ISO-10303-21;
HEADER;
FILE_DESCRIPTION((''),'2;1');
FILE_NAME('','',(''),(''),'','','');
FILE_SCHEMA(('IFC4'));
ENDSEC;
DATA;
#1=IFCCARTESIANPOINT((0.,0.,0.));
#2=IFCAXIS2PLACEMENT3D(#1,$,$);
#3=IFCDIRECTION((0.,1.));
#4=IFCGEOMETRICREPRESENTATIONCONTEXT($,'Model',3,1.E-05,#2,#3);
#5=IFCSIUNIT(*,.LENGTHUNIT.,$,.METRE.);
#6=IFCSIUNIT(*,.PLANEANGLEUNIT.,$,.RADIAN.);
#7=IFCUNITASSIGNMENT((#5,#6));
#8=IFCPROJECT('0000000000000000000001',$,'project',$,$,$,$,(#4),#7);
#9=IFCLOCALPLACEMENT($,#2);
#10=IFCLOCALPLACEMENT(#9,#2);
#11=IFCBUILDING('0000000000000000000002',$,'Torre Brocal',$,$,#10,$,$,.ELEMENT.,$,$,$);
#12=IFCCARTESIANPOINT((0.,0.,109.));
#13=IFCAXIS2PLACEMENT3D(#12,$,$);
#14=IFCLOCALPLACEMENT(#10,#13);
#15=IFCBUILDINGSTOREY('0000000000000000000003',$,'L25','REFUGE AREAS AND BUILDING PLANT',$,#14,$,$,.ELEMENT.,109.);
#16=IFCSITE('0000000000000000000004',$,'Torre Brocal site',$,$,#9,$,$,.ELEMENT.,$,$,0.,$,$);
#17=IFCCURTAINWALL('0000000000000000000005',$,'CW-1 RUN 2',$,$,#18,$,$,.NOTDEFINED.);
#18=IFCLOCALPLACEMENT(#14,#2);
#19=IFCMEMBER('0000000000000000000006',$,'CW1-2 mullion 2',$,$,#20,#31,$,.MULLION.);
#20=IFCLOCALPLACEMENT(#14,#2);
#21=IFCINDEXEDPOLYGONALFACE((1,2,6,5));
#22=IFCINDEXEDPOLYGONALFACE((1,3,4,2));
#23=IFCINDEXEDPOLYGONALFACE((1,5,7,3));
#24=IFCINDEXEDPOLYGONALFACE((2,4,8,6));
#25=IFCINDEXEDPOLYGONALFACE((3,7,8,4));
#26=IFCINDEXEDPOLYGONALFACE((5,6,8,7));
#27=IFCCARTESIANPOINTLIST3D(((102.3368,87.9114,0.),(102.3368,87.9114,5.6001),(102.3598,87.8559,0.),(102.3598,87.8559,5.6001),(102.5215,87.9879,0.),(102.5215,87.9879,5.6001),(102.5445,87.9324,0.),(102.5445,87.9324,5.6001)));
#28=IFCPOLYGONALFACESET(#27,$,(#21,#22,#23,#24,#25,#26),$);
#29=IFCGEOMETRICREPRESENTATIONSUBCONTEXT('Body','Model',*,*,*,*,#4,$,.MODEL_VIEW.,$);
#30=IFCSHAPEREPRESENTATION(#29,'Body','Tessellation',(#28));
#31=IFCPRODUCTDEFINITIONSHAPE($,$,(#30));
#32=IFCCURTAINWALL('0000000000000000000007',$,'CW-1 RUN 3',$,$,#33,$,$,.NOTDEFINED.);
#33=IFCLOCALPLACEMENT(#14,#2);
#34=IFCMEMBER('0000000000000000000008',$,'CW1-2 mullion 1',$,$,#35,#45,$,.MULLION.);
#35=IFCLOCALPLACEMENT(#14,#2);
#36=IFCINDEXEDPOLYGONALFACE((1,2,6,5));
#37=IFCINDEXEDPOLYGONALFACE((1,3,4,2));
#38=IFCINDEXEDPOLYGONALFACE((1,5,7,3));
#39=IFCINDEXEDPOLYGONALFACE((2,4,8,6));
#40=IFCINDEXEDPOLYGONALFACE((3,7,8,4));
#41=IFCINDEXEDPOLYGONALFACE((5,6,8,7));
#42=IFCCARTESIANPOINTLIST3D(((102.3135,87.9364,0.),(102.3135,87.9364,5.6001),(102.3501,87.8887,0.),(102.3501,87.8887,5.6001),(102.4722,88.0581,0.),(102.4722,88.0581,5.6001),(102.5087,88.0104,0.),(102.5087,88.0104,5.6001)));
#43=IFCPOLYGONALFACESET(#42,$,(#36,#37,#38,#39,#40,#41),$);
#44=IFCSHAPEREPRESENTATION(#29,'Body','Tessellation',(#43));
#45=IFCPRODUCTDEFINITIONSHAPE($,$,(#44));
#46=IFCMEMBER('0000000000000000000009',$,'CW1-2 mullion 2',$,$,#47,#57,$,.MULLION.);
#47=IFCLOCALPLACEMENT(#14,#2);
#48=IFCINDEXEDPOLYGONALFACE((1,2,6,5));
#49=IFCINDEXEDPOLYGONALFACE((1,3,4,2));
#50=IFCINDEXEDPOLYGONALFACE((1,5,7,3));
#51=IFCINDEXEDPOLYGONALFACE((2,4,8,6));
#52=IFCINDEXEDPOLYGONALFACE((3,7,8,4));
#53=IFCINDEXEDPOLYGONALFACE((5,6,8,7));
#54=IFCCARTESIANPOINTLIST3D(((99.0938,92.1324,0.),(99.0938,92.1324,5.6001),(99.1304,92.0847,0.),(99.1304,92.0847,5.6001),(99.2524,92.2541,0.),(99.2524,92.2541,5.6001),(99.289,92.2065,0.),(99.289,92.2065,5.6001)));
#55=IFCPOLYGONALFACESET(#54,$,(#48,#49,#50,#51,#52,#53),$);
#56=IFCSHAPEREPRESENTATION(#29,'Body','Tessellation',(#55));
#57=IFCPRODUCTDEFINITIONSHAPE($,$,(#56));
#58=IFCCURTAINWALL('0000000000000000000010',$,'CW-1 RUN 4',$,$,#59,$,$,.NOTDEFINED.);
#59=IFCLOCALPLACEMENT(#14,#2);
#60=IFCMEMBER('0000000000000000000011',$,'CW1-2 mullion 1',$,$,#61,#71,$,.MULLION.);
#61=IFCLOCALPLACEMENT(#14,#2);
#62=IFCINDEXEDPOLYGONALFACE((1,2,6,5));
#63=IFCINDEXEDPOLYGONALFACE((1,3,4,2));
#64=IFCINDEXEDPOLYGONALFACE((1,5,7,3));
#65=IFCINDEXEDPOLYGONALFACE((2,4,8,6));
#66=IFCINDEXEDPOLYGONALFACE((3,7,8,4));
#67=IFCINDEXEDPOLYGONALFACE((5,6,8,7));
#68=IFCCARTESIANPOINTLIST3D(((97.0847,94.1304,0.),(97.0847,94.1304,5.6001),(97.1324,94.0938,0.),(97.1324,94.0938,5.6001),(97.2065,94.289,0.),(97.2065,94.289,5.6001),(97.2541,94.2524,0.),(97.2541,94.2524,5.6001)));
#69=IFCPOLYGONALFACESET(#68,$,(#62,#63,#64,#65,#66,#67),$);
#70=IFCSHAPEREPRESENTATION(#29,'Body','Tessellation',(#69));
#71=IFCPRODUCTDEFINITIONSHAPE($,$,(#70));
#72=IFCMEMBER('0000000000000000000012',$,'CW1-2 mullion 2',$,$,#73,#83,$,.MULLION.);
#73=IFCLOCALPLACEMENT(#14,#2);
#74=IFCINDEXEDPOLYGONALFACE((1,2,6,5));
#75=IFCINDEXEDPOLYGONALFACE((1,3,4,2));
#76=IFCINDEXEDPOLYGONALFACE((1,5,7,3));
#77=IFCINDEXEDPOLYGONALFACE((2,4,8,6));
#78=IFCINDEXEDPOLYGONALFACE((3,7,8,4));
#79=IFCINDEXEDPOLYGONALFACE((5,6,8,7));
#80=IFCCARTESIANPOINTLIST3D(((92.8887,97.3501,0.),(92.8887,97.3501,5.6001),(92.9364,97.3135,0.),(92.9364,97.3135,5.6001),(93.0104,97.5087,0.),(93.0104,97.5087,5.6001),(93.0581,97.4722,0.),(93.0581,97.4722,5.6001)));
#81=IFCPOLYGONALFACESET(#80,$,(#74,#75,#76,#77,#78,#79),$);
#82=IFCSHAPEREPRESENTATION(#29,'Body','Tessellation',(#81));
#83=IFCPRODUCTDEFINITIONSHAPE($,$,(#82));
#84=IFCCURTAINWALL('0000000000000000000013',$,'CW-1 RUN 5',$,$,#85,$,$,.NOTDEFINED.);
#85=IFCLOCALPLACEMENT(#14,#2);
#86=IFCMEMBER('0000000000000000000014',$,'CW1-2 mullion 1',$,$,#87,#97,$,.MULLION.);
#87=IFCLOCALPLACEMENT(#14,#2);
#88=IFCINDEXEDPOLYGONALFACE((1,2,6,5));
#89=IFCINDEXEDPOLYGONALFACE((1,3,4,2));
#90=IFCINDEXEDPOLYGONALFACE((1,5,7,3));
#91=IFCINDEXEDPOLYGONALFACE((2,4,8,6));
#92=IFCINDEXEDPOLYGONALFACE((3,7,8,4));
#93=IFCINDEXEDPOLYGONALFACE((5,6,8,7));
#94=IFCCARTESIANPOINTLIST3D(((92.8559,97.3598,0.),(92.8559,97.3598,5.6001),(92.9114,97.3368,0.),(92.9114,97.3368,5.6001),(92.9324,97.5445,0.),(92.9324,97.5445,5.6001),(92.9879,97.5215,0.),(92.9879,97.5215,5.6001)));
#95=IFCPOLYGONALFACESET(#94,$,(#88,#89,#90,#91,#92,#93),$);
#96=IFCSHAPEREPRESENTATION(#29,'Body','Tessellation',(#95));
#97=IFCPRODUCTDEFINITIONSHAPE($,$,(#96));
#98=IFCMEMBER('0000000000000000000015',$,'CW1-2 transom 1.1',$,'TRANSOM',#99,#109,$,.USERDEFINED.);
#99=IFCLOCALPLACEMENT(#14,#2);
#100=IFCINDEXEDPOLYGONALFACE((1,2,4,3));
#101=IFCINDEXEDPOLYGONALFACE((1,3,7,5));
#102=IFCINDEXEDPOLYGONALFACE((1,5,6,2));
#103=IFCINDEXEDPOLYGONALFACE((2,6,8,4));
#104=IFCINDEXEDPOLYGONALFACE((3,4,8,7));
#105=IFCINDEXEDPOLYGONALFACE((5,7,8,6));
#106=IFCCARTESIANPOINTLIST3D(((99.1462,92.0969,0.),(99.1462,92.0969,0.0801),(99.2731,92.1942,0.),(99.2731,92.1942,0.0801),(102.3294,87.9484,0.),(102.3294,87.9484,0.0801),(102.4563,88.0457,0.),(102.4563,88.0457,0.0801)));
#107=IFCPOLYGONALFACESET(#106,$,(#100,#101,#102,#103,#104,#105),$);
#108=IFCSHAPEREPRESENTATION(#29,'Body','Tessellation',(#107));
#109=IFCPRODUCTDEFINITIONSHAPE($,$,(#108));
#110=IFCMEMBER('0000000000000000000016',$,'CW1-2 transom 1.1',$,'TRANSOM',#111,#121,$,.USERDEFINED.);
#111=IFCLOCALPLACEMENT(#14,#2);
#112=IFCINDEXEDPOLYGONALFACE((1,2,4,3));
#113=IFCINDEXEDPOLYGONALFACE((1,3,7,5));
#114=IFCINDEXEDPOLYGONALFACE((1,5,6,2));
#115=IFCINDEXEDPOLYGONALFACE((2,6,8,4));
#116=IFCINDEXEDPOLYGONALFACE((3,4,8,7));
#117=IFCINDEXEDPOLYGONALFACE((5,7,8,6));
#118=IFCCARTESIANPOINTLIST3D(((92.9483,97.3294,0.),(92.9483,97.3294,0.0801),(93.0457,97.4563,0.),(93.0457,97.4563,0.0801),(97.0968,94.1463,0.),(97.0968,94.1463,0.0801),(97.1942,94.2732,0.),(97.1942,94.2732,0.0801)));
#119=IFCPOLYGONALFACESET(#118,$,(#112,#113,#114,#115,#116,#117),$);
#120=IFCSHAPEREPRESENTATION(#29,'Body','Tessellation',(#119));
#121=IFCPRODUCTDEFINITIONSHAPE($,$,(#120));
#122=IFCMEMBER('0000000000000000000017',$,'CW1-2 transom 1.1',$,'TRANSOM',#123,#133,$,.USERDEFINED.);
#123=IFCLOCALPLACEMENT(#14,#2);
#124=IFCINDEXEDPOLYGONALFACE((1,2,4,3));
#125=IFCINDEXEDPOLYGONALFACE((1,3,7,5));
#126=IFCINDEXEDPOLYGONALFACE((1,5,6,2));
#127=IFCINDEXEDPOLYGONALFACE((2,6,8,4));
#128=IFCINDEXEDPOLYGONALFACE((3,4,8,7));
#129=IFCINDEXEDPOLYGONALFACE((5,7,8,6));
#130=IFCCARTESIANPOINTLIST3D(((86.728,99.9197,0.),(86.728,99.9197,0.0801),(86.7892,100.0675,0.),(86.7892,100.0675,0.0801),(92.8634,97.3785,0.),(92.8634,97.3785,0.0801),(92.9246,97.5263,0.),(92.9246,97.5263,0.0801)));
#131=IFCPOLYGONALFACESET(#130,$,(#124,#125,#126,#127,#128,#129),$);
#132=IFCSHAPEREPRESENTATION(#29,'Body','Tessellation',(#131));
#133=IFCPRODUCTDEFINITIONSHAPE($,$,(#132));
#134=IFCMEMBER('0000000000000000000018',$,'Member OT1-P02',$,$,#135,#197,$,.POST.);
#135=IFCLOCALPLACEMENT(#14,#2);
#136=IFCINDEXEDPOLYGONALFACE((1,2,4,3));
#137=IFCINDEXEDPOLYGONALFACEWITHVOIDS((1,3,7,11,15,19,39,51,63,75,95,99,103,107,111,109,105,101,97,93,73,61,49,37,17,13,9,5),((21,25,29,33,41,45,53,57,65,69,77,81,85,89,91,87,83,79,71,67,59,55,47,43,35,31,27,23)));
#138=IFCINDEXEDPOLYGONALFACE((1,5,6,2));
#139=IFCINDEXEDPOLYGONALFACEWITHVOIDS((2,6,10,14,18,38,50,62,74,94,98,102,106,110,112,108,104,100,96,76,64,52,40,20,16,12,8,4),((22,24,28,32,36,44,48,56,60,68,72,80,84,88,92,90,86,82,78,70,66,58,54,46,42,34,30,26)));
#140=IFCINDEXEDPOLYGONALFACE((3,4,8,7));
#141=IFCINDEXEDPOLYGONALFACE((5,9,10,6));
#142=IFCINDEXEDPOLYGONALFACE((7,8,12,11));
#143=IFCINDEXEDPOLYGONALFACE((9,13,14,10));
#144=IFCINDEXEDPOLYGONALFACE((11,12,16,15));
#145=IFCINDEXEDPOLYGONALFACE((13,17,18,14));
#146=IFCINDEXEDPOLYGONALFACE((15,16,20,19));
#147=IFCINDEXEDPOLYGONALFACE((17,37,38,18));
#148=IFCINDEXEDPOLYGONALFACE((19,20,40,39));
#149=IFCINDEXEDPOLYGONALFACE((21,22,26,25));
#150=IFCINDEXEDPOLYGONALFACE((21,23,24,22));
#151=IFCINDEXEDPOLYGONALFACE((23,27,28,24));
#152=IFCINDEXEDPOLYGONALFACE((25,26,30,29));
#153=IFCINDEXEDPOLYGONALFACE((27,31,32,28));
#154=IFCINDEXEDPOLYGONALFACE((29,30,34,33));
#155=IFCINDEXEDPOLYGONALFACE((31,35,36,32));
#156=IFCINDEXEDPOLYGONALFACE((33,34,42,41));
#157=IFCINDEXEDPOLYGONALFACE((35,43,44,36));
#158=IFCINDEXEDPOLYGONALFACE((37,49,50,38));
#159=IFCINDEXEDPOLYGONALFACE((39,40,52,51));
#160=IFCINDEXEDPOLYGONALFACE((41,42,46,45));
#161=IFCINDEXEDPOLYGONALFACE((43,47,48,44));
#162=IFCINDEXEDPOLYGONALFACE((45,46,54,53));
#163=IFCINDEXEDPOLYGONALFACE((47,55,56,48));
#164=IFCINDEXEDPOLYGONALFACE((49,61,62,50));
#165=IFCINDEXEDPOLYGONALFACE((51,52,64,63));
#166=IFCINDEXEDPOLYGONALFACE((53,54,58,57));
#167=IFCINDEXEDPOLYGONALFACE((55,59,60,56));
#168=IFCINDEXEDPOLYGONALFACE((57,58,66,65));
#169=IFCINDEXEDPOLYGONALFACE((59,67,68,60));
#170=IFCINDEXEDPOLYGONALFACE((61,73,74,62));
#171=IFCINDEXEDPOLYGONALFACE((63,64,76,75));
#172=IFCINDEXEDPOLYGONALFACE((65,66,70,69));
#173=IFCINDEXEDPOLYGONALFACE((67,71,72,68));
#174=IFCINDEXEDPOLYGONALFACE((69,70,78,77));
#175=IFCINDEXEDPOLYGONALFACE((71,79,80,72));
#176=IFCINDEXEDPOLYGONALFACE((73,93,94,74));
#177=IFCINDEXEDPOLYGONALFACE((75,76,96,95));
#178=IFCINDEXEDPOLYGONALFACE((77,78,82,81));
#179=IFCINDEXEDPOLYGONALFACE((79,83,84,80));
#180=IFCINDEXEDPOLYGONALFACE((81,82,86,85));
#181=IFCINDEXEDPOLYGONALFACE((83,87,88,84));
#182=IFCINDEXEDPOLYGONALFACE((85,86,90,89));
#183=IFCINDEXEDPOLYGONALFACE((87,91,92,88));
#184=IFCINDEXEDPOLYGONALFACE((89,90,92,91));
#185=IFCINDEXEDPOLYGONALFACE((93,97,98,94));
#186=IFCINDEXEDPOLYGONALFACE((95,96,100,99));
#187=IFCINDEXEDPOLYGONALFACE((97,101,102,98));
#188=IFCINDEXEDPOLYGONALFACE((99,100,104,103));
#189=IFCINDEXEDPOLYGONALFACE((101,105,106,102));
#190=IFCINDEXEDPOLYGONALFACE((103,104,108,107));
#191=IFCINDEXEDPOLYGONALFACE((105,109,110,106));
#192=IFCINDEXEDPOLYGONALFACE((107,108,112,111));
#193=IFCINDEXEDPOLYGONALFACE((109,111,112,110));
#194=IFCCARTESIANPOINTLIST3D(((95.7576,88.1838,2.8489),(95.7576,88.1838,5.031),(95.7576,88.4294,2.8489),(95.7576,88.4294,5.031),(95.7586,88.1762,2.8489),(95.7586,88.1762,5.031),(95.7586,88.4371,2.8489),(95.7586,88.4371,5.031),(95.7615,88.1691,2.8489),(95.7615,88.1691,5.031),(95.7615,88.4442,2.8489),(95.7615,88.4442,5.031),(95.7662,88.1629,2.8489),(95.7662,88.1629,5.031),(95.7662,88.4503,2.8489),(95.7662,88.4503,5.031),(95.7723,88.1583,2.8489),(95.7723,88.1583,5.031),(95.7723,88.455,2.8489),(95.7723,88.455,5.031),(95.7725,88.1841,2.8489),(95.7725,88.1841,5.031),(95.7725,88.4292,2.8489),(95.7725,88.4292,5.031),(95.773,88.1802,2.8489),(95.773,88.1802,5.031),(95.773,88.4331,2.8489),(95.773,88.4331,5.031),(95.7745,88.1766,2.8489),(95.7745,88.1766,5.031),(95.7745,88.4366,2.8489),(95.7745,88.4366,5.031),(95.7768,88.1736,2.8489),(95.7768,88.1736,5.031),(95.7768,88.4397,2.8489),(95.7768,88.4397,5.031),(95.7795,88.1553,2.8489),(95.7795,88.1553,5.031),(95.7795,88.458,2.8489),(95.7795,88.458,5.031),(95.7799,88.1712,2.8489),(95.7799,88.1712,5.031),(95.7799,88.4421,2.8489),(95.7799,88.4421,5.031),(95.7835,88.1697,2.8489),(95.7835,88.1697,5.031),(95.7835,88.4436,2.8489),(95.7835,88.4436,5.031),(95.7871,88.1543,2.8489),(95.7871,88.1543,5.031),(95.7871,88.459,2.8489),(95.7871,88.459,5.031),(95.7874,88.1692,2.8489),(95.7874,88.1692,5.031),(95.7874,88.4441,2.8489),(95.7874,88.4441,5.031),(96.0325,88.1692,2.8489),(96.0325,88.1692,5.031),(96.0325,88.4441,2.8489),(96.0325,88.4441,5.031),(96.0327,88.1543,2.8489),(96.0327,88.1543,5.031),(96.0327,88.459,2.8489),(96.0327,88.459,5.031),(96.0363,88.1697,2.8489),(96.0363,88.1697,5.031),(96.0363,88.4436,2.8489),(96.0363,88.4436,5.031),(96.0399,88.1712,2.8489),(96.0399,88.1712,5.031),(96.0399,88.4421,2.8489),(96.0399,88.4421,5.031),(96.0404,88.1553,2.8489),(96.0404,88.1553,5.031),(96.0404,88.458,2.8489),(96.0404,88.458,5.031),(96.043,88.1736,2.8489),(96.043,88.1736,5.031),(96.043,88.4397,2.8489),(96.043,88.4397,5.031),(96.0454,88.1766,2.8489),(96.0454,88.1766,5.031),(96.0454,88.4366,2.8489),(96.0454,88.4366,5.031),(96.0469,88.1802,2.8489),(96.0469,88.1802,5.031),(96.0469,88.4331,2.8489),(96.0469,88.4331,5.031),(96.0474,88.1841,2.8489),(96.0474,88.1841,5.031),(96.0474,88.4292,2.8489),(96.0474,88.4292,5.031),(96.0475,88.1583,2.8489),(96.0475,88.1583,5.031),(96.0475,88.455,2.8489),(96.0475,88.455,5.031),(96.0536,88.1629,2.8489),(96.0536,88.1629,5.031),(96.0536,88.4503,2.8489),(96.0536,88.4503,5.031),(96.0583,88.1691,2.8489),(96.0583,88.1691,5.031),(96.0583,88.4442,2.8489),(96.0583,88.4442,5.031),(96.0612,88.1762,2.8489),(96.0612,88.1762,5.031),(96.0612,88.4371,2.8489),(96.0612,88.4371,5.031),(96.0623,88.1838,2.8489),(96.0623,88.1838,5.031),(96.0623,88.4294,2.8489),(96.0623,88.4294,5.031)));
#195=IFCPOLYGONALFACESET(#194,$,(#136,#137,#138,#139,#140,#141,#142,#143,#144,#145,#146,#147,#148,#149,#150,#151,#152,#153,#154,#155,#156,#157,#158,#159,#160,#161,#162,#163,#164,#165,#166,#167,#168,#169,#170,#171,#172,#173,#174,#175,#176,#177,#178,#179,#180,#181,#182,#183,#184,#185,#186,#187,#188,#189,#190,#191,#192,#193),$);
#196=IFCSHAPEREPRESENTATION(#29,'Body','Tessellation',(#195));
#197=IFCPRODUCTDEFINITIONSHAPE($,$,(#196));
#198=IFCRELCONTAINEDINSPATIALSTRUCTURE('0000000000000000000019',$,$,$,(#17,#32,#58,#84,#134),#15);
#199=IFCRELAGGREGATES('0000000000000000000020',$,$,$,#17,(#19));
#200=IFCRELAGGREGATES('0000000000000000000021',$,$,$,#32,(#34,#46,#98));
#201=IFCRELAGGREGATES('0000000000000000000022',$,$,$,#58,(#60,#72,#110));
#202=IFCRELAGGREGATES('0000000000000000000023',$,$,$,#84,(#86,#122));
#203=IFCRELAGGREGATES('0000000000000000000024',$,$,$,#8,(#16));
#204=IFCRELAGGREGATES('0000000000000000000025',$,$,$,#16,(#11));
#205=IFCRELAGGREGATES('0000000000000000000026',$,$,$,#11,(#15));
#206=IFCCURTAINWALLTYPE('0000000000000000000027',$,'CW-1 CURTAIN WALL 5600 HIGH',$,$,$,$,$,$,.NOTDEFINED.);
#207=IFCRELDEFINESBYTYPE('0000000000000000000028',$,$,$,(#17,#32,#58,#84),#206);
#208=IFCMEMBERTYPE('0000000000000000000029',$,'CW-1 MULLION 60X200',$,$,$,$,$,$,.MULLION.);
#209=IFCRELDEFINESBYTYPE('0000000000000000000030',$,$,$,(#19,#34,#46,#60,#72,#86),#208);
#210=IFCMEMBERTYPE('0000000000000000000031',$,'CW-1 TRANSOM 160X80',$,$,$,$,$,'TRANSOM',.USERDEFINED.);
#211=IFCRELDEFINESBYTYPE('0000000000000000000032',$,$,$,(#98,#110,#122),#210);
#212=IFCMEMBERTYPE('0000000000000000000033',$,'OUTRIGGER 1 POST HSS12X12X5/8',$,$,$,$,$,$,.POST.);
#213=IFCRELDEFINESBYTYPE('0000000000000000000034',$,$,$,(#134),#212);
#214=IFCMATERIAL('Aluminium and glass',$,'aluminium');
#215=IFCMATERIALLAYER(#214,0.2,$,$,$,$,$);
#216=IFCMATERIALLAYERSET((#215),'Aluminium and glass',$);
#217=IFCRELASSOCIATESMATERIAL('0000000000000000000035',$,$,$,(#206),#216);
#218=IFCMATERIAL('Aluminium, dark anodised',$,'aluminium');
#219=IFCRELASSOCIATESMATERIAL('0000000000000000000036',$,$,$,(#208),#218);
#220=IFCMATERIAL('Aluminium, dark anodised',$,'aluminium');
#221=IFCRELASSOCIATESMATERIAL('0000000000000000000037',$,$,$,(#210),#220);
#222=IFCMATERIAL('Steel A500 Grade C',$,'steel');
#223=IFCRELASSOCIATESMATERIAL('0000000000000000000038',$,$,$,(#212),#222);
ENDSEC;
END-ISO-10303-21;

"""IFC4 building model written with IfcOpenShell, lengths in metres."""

from ifc_helpers import new_model, si_unit, direction, frame, origin, origin_2d, place, context, subcontext, project, spatial, rectangle, hollow_rectangle, extrude, material, layer, layer_set, material_profile, profile_set, type_object, element, aggregate, save


model = new_model("IFC4")

# Units and contexts
model_context = context("Model", 3, precision=1e-05, world=origin(), true_north=direction((0.0, 1.0)))
body_context = subcontext(model_context, "Body", "Model", "MODEL_VIEW")
ifc_project = project(units=[si_unit("LENGTHUNIT", "METRE"), si_unit("PLANEANGLEUNIT", "RADIAN")], contexts=[model_context])

# Site, building, storey
site_placement = place(None, origin())
site = spatial("IfcSite", under=ifc_project, at=site_placement, Name="Torre Brocal site", CompositionType="ELEMENT", RefElevation=0.0)
building_placement = place(site_placement, origin())
building = spatial("IfcBuilding", under=site, at=building_placement, Name="Torre Brocal", CompositionType="ELEMENT")
storey_placement = place(building_placement, frame((0.0, 0.0, 109.0)))
storey = spatial("IfcBuildingStorey", under=building, at=storey_placement, Name="L25", Description="REFUGE AREAS AND BUILDING PLANT", CompositionType="ELEMENT", Elevation=109.0)

# Curtain wall, member
ifc_material_1 = material(Name="Aluminium and glass", Category="aluminium")
ifc_layer_1 = layer(ifc_material_1, 0.2)
ifc_layer_set_1 = layer_set([ifc_layer_1], Name="Aluminium and glass")
curtain_wall_type = type_object("IfcCurtainWallType", Name="CW-1 CURTAIN WALL 5600 HIGH", PredefinedType="NOTDEFINED", material=ifc_layer_set_1)
curtain_wall_1_placement = place(storey_placement, origin())
curtain_wall_1 = element("IfcCurtainWall", 1, at=curtain_wall_1_placement, inside=storey, type_object=curtain_wall_type, Name="CW-1 RUN 2", PredefinedType="NOTDEFINED")
ifc_material_2 = material(Name="Aluminium, dark anodised", Category="aluminium")
ifc_material_profile_1 = material_profile(ifc_material_2, rectangle(XDim=0.2, YDim=0.0601, at=origin_2d()), Name="CW-1 MULLION 60X200")
ifc_profile_set_1 = profile_set([ifc_material_profile_1], Name="Aluminium, dark anodised")
member_type_1 = type_object("IfcMemberType", Name="CW-1 MULLION 60X200", PredefinedType="MULLION", material=ifc_profile_set_1)
member_1_placement = place(storey_placement, frame((102.4407, 87.9219, 0.0), z_axis=(0.0, 0.0, 1.0), x_axis=(-0.92388, -0.382683, 0.0)))
member_1 = element("IfcMember", 2, at=member_1_placement, type_object=member_type_1, Name="CW1-2 mullion 2", PredefinedType="MULLION", context=body_context, shape_type="SweptSolid", body=[
    extrude(rectangle(XDim=0.2, YDim=0.0601, at=origin_2d()), origin(), (0.0, 0.0, 1.0), 5.6001),
])
aggregate(curtain_wall_1, [member_1])

# Curtain walls, members
curtain_wall_2_placement = place(storey_placement, origin())
curtain_wall_2 = element("IfcCurtainWall", 3, at=curtain_wall_2_placement, inside=storey, type_object=curtain_wall_type, Name="CW-1 RUN 3", PredefinedType="NOTDEFINED")
member_2_placement = place(storey_placement, frame((102.4111, 87.9734, 0.0), z_axis=(0.0, 0.0, 1.0), x_axis=(-0.793353, -0.608761, 0.0)))
member_2 = element("IfcMember", 4, at=member_2_placement, type_object=member_type_1, Name="CW1-2 mullion 1", PredefinedType="MULLION", context=body_context, shape_type="SweptSolid", body=[
    extrude(rectangle(XDim=0.2, YDim=0.0601, at=origin_2d()), origin(), (0.0, 0.0, 1.0), 5.6001),
])
member_3_placement = place(storey_placement, frame((99.1914, 92.1694, 0.0), z_axis=(0.0, 0.0, 1.0), x_axis=(-0.793353, -0.608761, 0.0)))
member_3 = element("IfcMember", 5, at=member_3_placement, type_object=member_type_1, Name="CW1-2 mullion 2", PredefinedType="MULLION", context=body_context, shape_type="SweptSolid", body=[
    extrude(rectangle(XDim=0.2, YDim=0.0601, at=origin_2d()), origin(), (0.0, 0.0, 1.0), 5.6001),
])
curtain_wall_3_placement = place(storey_placement, origin())
curtain_wall_3 = element("IfcCurtainWall", 6, at=curtain_wall_3_placement, inside=storey, type_object=curtain_wall_type, Name="CW-1 RUN 4", PredefinedType="NOTDEFINED")
member_4_placement = place(storey_placement, frame((97.1694, 94.1914, 0.0), z_axis=(0.0, 0.0, 1.0), x_axis=(-0.608761, -0.793353, 0.0)))
member_4 = element("IfcMember", 7, at=member_4_placement, type_object=member_type_1, Name="CW1-2 mullion 1", PredefinedType="MULLION", context=body_context, shape_type="SweptSolid", body=[
    extrude(rectangle(XDim=0.2, YDim=0.0601, at=origin_2d()), origin(), (0.0, 0.0, 1.0), 5.6001),
])
member_5_placement = place(storey_placement, frame((92.9734, 97.4111, 0.0), z_axis=(0.0, 0.0, 1.0), x_axis=(-0.608761, -0.793353, 0.0)))
member_5 = element("IfcMember", 8, at=member_5_placement, type_object=member_type_1, Name="CW1-2 mullion 2", PredefinedType="MULLION", context=body_context, shape_type="SweptSolid", body=[
    extrude(rectangle(XDim=0.2, YDim=0.0601, at=origin_2d()), origin(), (0.0, 0.0, 1.0), 5.6001),
])

# Curtain wall, member
curtain_wall_4_placement = place(storey_placement, origin())
curtain_wall_4 = element("IfcCurtainWall", 9, at=curtain_wall_4_placement, inside=storey, type_object=curtain_wall_type, Name="CW-1 RUN 5", PredefinedType="NOTDEFINED")
member_6_placement = place(storey_placement, frame((92.9219, 97.4407, 0.0), z_axis=(0.0, 0.0, 1.0), x_axis=(-0.382683, -0.92388, 0.0)))
member_6 = element("IfcMember", 10, at=member_6_placement, type_object=member_type_1, Name="CW1-2 mullion 1", PredefinedType="MULLION", context=body_context, shape_type="SweptSolid", body=[
    extrude(rectangle(XDim=0.2, YDim=0.0601, at=origin_2d()), origin(), (0.0, 0.0, 1.0), 5.6001),
])

# Members
ifc_material_3 = material(Name="Aluminium, dark anodised", Category="aluminium")
ifc_material_profile_2 = material_profile(ifc_material_3, rectangle(XDim=0.1599, YDim=0.0801, at=origin_2d()), Name="CW-1 TRANSOM 160X80")
ifc_profile_set_2 = profile_set([ifc_material_profile_2], Name="Aluminium, dark anodised")
member_type_2 = type_object("IfcMemberType", Name="CW-1 TRANSOM 160X80", ElementType="TRANSOM", PredefinedType="USERDEFINED", material=ifc_profile_set_2)
member_7_placement = place(storey_placement, frame((102.3928, 87.9971, 0.04), z_axis=(-0.608749, 0.793363, 0.0), x_axis=(-0.793363, -0.608749, 0.0)))
member_7 = element("IfcMember", 11, at=member_7_placement, type_object=member_type_2, Name="CW1-2 transom 1.1", ObjectType="TRANSOM", PredefinedType="USERDEFINED", context=body_context, shape_type="SweptSolid", body=[
    extrude(rectangle(XDim=0.1599, YDim=0.0801, at=origin_2d()), origin(), (0.0, 0.0, 1.0), 5.229),
])
member_8_placement = place(storey_placement, frame((97.1455, 94.2097, 0.04), z_axis=(-0.793363, 0.608749, 0.0), x_axis=(-0.608749, -0.793363, 0.0)))
member_8 = element("IfcMember", 12, at=member_8_placement, type_object=member_type_2, Name="CW1-2 transom 1.1", ObjectType="TRANSOM", PredefinedType="USERDEFINED", context=body_context, shape_type="SweptSolid", body=[
    extrude(rectangle(XDim=0.1599, YDim=0.0801, at=origin_2d()), origin(), (0.0, 0.0, 1.0), 5.229),
])
member_9_placement = place(storey_placement, frame((92.894, 97.4524, 0.04), z_axis=(-0.923887, 0.382665, 0.0), x_axis=(-0.382665, -0.923887, 0.0)))
member_9 = element("IfcMember", 13, at=member_9_placement, type_object=member_type_2, Name="CW1-2 transom 1.1", ObjectType="TRANSOM", PredefinedType="USERDEFINED", context=body_context, shape_type="SweptSolid", body=[
    extrude(rectangle(XDim=0.1599, YDim=0.0801, at=origin_2d()), origin(), (0.0, 0.0, 1.0), 6.6409),
])
ifc_material_4 = material(Name="Steel A500 Grade C", Category="steel")
ifc_material_profile_3 = material_profile(ifc_material_4, hollow_rectangle(XDim=0.3047, YDim=0.3047, WallThickness=0.0149, InnerFilletRadius=0.0149, OuterFilletRadius=0.0295, at=origin_2d()), Name="HSS12X12X5/8")
ifc_profile_set_3 = profile_set([ifc_material_profile_3], Name="Steel A500 Grade C")
member_type_3 = type_object("IfcMemberType", Name="OUTRIGGER 1 POST HSS12X12X5/8", PredefinedType="POST", material=ifc_profile_set_3)
member_10_placement = place(storey_placement, frame((95.9099, 88.3066, 2.8489), z_axis=(0.0, 0.0, 1.0), x_axis=(1.0, 0.0, 0.0)))
element("IfcMember", 14, at=member_10_placement, inside=storey, type_object=member_type_3, Name="Member OT1-P02", PredefinedType="POST", context=body_context, shape_type="SweptSolid", body=[
    extrude(hollow_rectangle(XDim=0.3047, YDim=0.3047, WallThickness=0.0149, InnerFilletRadius=0.0149, OuterFilletRadius=0.0295, at=origin_2d()), origin(), (0.0, 0.0, 1.0), 2.1821),
])

aggregate(curtain_wall_2, [member_2, member_3, member_7])
aggregate(curtain_wall_3, [member_4, member_5, member_8])
aggregate(curtain_wall_4, [member_6, member_9])

save(model, "model.ifc")
